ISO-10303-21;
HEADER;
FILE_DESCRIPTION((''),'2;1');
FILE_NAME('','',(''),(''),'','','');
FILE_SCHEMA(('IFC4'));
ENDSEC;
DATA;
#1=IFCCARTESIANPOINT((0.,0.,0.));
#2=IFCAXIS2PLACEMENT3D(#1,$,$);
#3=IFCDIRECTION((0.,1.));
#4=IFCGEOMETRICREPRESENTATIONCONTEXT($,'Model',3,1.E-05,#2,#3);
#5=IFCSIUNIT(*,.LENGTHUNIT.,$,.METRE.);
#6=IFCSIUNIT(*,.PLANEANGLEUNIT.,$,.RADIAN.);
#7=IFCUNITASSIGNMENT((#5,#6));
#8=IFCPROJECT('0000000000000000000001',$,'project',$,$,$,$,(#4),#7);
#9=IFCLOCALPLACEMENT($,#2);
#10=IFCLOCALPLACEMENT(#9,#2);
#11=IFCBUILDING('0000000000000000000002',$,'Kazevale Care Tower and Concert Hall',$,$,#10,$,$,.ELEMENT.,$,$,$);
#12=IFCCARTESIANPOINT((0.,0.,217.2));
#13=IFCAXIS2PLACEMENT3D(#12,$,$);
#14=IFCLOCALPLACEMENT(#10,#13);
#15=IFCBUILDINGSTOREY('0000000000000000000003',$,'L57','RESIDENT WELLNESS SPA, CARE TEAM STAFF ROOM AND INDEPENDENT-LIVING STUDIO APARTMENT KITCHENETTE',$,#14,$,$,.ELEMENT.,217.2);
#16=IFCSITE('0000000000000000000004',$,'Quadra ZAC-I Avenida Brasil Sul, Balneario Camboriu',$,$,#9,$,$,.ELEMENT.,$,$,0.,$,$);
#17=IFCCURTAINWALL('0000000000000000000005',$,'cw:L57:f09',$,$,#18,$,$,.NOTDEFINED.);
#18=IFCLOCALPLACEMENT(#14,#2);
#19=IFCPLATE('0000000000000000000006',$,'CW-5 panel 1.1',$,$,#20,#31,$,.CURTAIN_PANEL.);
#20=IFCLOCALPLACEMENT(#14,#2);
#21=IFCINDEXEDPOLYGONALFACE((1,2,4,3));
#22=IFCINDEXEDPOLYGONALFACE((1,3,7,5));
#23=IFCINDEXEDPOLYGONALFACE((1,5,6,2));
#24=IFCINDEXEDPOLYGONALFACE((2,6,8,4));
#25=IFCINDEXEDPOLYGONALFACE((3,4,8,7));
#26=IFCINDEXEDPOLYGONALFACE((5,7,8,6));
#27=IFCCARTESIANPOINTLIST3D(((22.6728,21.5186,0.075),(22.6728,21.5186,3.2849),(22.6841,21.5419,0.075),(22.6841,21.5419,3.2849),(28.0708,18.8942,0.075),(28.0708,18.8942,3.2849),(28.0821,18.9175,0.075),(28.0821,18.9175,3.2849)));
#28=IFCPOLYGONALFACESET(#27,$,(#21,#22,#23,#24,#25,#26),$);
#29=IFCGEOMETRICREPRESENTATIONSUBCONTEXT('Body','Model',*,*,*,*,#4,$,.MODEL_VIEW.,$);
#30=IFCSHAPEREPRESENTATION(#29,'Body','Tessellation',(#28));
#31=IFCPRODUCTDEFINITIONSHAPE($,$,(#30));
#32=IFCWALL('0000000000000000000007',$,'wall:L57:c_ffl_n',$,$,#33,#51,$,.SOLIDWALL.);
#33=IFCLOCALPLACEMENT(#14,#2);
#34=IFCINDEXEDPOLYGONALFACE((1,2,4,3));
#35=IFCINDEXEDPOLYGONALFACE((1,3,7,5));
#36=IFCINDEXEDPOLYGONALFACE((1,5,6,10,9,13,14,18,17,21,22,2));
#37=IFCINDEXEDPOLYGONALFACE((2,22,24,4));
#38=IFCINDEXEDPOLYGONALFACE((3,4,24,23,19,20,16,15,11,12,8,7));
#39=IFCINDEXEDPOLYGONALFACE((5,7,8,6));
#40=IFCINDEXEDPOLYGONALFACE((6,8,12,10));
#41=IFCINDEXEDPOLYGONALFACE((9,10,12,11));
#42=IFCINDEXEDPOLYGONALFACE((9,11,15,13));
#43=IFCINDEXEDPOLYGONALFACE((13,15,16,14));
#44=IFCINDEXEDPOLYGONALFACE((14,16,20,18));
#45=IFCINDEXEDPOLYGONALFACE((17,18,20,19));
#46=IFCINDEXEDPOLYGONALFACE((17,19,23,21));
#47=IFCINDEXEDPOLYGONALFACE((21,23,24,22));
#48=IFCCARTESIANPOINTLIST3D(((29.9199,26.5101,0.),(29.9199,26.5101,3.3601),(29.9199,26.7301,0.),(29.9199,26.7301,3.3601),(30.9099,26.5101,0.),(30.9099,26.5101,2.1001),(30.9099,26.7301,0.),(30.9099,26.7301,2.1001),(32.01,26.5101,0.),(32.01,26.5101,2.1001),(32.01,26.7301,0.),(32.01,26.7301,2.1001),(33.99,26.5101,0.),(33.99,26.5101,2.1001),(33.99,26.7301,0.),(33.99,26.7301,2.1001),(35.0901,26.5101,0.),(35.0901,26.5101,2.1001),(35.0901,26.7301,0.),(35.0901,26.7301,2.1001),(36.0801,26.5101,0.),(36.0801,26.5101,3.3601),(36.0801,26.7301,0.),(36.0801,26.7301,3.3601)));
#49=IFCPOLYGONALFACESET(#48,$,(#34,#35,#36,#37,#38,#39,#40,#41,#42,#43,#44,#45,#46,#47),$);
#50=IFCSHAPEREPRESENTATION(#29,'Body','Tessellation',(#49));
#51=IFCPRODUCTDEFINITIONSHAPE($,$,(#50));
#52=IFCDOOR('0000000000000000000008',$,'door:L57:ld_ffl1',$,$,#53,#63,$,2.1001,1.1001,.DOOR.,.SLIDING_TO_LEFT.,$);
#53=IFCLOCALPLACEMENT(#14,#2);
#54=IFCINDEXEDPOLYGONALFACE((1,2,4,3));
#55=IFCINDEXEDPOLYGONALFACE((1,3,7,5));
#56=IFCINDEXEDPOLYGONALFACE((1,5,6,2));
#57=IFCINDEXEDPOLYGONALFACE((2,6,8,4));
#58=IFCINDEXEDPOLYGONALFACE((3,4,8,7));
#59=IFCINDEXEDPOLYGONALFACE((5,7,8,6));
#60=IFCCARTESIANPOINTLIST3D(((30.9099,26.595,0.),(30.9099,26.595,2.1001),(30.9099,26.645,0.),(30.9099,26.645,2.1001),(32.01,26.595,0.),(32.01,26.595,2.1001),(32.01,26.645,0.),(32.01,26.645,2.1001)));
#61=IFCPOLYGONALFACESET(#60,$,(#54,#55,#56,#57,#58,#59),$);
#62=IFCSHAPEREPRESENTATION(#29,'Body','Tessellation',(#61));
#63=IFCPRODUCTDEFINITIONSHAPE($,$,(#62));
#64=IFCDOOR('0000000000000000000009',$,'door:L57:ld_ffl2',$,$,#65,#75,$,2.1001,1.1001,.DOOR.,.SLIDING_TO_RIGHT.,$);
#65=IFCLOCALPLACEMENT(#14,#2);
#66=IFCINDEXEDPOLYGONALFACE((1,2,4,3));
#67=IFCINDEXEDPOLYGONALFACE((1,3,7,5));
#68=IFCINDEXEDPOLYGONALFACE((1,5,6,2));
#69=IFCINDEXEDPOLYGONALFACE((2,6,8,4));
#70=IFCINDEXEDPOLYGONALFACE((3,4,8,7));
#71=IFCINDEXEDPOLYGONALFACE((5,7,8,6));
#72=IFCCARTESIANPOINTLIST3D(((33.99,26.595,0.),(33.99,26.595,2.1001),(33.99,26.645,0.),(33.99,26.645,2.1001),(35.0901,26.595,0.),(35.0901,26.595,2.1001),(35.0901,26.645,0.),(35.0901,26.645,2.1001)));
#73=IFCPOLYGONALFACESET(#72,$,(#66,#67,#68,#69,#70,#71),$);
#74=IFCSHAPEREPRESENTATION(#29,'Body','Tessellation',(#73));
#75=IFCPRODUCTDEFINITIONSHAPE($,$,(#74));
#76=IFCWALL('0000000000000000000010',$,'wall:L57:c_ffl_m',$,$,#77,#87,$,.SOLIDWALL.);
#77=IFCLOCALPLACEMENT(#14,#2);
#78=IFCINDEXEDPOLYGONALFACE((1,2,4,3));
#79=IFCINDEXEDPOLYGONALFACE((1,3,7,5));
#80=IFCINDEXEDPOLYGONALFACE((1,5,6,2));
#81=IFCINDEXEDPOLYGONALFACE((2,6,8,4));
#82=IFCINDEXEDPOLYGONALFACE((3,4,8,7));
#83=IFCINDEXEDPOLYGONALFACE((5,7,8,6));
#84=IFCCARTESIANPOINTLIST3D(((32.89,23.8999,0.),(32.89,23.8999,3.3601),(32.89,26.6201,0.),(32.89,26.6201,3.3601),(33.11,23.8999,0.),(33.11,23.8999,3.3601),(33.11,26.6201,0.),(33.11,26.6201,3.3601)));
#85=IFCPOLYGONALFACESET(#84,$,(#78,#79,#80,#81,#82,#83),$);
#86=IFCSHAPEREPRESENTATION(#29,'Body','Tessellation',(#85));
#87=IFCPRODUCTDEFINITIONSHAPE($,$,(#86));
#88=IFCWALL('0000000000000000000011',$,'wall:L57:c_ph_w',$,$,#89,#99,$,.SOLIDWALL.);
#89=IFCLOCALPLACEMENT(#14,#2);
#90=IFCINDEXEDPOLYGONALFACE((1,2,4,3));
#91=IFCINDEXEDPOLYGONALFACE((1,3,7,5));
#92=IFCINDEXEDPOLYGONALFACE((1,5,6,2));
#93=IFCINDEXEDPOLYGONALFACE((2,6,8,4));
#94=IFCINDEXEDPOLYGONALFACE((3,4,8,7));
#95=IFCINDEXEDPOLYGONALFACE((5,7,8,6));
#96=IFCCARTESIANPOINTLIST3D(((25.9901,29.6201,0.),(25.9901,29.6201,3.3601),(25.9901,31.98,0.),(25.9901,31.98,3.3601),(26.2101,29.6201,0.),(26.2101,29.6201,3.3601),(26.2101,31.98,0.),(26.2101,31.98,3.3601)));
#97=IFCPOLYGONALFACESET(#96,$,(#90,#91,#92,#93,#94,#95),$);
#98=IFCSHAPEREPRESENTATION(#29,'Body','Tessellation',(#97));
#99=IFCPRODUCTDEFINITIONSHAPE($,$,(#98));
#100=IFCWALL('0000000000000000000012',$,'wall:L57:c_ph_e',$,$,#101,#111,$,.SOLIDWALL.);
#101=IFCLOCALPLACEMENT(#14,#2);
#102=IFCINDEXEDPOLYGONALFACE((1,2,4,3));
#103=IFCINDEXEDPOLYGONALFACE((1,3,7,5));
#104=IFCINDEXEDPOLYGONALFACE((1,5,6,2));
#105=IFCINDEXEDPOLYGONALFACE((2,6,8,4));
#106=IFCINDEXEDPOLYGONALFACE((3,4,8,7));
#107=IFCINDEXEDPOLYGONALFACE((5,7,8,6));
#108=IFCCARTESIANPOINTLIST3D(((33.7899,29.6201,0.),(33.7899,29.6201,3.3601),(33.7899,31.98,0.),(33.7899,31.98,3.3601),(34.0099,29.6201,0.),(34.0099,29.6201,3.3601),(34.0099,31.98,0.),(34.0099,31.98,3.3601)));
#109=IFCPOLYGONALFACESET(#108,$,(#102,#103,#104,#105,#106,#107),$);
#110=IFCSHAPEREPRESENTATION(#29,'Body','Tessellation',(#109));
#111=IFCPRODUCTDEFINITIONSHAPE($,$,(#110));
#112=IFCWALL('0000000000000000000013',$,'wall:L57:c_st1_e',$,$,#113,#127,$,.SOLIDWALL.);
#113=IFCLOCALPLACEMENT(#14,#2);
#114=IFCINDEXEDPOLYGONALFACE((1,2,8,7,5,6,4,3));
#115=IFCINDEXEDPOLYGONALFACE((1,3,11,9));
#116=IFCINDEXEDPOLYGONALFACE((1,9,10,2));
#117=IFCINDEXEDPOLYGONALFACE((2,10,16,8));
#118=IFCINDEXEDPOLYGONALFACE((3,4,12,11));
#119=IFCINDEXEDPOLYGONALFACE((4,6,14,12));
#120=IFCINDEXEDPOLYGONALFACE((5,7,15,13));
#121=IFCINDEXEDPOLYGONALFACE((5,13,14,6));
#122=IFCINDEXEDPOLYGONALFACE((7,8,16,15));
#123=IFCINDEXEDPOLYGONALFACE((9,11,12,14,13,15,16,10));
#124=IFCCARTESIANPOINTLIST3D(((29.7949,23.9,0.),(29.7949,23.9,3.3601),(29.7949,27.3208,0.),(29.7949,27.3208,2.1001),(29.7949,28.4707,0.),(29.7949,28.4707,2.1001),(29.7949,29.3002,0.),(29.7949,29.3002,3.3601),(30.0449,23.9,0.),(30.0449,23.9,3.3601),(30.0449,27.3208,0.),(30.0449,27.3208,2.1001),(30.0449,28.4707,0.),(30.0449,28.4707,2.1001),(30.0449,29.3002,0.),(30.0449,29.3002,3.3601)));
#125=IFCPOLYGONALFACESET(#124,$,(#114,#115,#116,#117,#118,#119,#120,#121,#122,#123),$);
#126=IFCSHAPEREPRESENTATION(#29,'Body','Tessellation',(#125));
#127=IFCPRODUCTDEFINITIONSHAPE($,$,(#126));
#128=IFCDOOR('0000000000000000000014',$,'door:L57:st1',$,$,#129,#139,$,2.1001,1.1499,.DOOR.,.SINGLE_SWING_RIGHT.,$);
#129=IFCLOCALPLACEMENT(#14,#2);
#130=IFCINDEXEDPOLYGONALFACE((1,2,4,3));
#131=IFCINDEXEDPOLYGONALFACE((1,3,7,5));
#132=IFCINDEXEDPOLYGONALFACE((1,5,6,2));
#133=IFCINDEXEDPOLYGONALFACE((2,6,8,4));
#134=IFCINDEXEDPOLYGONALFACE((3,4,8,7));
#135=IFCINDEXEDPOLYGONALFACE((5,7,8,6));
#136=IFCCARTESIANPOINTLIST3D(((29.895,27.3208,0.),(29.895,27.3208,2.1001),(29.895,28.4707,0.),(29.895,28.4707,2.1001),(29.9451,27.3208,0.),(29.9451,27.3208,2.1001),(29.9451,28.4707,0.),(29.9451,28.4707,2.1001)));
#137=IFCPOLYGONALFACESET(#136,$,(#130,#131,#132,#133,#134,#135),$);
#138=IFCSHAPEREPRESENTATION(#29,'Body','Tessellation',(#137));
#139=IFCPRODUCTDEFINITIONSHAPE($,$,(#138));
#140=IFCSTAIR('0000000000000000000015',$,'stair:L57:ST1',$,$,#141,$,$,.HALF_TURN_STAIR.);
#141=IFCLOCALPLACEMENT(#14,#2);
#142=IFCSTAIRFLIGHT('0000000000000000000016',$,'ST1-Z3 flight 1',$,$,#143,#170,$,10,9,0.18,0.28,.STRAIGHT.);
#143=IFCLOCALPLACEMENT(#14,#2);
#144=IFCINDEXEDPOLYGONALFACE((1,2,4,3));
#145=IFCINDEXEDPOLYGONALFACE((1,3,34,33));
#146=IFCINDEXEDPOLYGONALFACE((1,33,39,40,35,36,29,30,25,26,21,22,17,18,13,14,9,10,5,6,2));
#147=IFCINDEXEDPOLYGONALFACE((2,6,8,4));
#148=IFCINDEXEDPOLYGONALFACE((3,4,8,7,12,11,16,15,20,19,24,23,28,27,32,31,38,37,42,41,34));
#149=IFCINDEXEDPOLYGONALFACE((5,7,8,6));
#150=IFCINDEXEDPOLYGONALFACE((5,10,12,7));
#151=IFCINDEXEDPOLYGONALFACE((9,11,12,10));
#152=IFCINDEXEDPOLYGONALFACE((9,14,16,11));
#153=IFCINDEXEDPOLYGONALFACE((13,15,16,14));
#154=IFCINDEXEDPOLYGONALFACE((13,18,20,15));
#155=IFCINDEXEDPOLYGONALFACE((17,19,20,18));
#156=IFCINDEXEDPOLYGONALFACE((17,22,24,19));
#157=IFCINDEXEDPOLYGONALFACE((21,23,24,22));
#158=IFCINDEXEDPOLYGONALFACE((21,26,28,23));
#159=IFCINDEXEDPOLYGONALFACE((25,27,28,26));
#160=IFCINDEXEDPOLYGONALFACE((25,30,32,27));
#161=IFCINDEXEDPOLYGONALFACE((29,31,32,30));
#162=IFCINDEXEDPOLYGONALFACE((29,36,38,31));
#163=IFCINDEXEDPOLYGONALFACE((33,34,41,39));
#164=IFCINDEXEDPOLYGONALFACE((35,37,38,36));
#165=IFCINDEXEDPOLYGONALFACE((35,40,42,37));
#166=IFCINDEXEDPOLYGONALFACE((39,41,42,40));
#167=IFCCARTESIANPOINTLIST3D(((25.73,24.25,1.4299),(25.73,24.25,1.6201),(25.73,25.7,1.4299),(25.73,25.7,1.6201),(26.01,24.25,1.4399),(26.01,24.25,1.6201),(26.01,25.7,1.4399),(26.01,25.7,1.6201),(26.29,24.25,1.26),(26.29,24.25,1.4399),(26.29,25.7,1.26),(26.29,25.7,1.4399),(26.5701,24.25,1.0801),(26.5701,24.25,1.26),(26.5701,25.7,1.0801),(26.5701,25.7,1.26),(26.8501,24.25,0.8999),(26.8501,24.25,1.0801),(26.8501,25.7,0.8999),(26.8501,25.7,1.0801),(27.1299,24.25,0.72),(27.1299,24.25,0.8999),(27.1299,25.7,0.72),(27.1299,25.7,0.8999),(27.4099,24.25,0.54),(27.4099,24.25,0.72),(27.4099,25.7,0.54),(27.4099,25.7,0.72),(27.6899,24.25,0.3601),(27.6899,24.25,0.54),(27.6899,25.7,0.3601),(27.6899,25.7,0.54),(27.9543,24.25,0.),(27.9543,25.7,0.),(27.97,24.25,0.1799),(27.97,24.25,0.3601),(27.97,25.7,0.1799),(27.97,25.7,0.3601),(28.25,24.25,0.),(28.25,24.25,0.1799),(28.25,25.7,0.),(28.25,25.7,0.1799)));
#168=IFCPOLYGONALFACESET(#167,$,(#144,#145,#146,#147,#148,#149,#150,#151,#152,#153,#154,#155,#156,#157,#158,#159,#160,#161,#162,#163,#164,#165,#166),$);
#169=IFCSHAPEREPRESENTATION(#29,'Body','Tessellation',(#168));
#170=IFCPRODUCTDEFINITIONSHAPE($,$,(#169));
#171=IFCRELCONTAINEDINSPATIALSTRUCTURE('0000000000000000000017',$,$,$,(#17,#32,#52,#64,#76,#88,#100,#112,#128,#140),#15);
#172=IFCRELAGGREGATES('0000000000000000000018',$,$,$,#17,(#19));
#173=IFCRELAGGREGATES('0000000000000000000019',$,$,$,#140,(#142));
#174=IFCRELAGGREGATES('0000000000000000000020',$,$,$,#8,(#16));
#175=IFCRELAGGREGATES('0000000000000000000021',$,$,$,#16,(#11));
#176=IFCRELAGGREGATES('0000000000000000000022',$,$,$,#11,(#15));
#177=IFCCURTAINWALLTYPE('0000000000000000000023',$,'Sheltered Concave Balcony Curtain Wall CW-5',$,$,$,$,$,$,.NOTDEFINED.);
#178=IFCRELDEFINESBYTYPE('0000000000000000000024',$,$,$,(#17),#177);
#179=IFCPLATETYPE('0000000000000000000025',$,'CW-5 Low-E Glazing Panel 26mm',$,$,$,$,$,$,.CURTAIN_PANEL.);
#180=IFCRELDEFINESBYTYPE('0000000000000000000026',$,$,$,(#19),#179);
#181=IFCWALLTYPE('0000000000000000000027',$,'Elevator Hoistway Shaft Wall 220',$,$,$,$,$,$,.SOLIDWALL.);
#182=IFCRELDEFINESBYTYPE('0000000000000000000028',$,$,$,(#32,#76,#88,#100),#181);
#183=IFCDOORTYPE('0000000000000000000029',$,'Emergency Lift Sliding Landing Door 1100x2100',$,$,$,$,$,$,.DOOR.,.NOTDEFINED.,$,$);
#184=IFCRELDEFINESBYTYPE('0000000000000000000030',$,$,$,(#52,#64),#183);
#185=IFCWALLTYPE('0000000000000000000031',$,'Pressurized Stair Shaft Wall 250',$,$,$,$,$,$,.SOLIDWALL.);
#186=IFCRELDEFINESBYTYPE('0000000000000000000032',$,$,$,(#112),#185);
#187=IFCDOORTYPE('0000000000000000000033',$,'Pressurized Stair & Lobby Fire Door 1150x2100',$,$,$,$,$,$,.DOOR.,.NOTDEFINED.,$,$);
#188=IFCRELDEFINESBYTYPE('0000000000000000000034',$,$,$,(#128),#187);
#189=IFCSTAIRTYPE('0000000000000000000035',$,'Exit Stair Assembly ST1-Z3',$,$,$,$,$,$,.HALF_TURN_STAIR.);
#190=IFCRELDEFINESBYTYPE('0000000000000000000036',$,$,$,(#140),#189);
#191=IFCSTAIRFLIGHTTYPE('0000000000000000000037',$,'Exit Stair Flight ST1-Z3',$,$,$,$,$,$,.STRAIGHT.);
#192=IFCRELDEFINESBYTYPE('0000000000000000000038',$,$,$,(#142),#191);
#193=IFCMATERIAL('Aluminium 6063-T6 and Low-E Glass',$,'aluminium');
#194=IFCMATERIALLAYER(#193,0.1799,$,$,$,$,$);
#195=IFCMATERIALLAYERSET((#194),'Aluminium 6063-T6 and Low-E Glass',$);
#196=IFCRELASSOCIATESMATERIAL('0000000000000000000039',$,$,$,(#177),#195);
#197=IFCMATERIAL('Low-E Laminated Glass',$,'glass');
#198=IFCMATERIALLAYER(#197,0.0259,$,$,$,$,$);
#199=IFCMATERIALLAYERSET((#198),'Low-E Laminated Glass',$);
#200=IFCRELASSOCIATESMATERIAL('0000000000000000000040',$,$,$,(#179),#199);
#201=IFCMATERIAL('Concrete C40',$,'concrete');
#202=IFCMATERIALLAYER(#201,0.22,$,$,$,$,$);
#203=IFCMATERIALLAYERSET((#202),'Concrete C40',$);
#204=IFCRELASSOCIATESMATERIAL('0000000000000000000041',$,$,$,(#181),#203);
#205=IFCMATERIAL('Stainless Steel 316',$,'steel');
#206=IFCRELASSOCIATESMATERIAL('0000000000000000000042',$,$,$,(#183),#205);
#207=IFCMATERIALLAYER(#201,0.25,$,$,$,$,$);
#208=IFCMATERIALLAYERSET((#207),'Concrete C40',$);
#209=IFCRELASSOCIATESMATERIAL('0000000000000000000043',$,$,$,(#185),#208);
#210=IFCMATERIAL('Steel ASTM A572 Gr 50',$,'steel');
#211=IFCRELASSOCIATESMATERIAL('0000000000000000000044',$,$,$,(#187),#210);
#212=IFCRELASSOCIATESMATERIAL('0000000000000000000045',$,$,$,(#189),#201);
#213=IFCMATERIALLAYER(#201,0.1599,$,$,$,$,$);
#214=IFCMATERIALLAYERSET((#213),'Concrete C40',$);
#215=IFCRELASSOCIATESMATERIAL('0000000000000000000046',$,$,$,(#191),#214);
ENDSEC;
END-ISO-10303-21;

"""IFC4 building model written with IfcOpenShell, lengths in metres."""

from ifc_helpers import new_model, si_unit, direction, frame, frame_2d, origin, origin_2d, place, context, subcontext, project, spatial, polyline, rectangle, outline, extrude, material, layer, layer_set, type_object, element, fill, aggregate, save


model = new_model("IFC4")

# Units and contexts
model_context = context("Model", 3, precision=1e-05, world=origin(), true_north=direction((0.0, 1.0)))
body_context = subcontext(model_context, "Body", "Model", "MODEL_VIEW")
ifc_project = project(units=[si_unit("LENGTHUNIT", "METRE"), si_unit("PLANEANGLEUNIT", "RADIAN")], contexts=[model_context])

# Site, building, storey
site_placement = place(None, origin())
site = spatial("IfcSite", under=ifc_project, at=site_placement, Name="Quadra ZAC-I Avenida Brasil Sul, Balneario Camboriu", CompositionType="ELEMENT", RefElevation=0.0)
building_placement = place(site_placement, origin())
building = spatial("IfcBuilding", under=site, at=building_placement, Name="Kazevale Care Tower and Concert Hall", CompositionType="ELEMENT")
storey_placement = place(building_placement, frame((0.0, 0.0, 217.2)))
storey = spatial("IfcBuildingStorey", under=building, at=storey_placement, Name="L57", Description="RESIDENT WELLNESS SPA, CARE TEAM STAFF ROOM AND INDEPENDENT-LIVING STUDIO APARTMENT KITCHENETTE", CompositionType="ELEMENT", Elevation=217.2)

# Curtain wall
ifc_material_1 = material(Name="Aluminium 6063-T6 and Low-E Glass", Category="aluminium")
ifc_layer_1 = layer(ifc_material_1, 0.1799)
ifc_layer_set_1 = layer_set([ifc_layer_1], Name="Aluminium 6063-T6 and Low-E Glass")
curtain_wall_type = type_object("IfcCurtainWallType", Name="Sheltered Concave Balcony Curtain Wall CW-5", PredefinedType="NOTDEFINED", material=ifc_layer_set_1)
curtain_wall_1_placement = place(storey_placement, origin())
curtain_wall_1 = element("IfcCurtainWall", 1, at=curtain_wall_1_placement, inside=storey, type_object=curtain_wall_type, Name="cw:L57:f09", PredefinedType="NOTDEFINED")

# Shared definitions
ifc_material_2 = material(Name="Steel ASTM A572 Gr 50", Category="steel")

# Plate
ifc_material_3 = material(Name="Low-E Laminated Glass", Category="glass")
ifc_layer_2 = layer(ifc_material_3, 0.0259)
ifc_layer_set_2 = layer_set([ifc_layer_2], Name="Low-E Laminated Glass")
plate_type = type_object("IfcPlateType", Name="CW-5 Low-E Glazing Panel 26mm", PredefinedType="CURTAIN_PANEL", material=ifc_layer_set_2)
plate_1_placement = place(storey_placement, frame((25.3774, 20.218, 0.075), z_axis=(0.0, 0.0, 1.0), x_axis=(-0.899346, 0.437238, 0.0)))
plate_1 = element("IfcPlate", 2, at=plate_1_placement, type_object=plate_type, Name="CW-5 panel 1.1", PredefinedType="CURTAIN_PANEL", context=body_context, shape_type="SweptSolid", body=[
    extrude(rectangle(XDim=6.0022, YDim=0.0259, at=origin_2d()), origin(), (0.0, 0.0, 1.0), 3.21),
])
aggregate(curtain_wall_1, [plate_1])

# Wall, openings, doors
ifc_material_4 = material(Name="Concrete C40", Category="concrete")
ifc_layer_3 = layer(ifc_material_4, 0.22)
ifc_layer_set_3 = layer_set([ifc_layer_3], Name="Concrete C40")
wall_type_1 = type_object("IfcWallType", Name="Elevator Hoistway Shaft Wall 220", PredefinedType="SOLIDWALL", material=ifc_layer_set_3)
wall_1_placement = place(storey_placement, frame((29.9199, 26.6201, 0.0), z_axis=(0.0, 0.0, 1.0), x_axis=(1.0, 0.0, 0.0)))
wall_1 = element("IfcWall", 3, at=wall_1_placement, inside=storey, type_object=wall_type_1, Name="wall:L57:c_ffl_n", PredefinedType="SOLIDWALL", context=body_context, shape_type="SweptSolid", body=[
    extrude(rectangle(XDim=6.1602, YDim=0.22, at=frame_2d((3.0801, 0.0))), origin(), (0.0, 0.0, 1.0), 3.3601),
])
opening_1_placement = place(wall_1_placement, frame((0.99, 0.0, 0.0)))
opening_1 = element("IfcOpeningElement", 4, at=opening_1_placement, cuts=wall_1, PredefinedType="OPENING", context=body_context, shape_type="SweptSolid", body=[
    extrude(rectangle(XDim=1.1001, YDim=2.1001, at=frame_2d((0.55, 1.05))), frame((0.0, 0.1199, 0.0), z_axis=(0.0, -1.0, 0.0), x_axis=(1.0, 0.0, 0.0)), (0.0, 0.0, 1.0), 0.24),
])
opening_2_placement = place(wall_1_placement, frame((4.0701, 0.0, 0.0)))
opening_2 = element("IfcOpeningElement", 5, at=opening_2_placement, cuts=wall_1, PredefinedType="OPENING", context=body_context, shape_type="SweptSolid", body=[
    extrude(rectangle(XDim=1.1001, YDim=2.1001, at=frame_2d((0.55, 1.05))), frame((0.0, 0.1199, 0.0), z_axis=(0.0, -1.0, 0.0), x_axis=(1.0, 0.0, 0.0)), (0.0, 0.0, 1.0), 0.24),
])
ifc_material_5 = material(Name="Stainless Steel 316", Category="steel")
door_type_1 = type_object("IfcDoorType", Name="Emergency Lift Sliding Landing Door 1100x2100", OperationType="NOTDEFINED", PredefinedType="DOOR", material=ifc_material_5)
door_1_placement = place(opening_1_placement, origin())
door_1 = element("IfcDoor", 6, at=door_1_placement, inside=storey, type_object=door_type_1, Name="door:L57:ld_ffl1", OperationType="SLIDING_TO_LEFT", OverallHeight=2.1001, OverallWidth=1.1001, PredefinedType="DOOR", context=body_context, shape_type="SweptSolid", body=[
    extrude(rectangle(XDim=1.1001, YDim=2.1001, at=frame_2d((0.55, 1.05))), frame((0.0, 0.0249, 0.0), z_axis=(0.0, -1.0, 0.0), x_axis=(1.0, 0.0, 0.0)), (0.0, 0.0, 1.0), 0.05),
])
fill(opening_1, door_1)
door_2_placement = place(opening_2_placement, origin())
door_2 = element("IfcDoor", 7, at=door_2_placement, inside=storey, type_object=door_type_1, Name="door:L57:ld_ffl2", OperationType="SLIDING_TO_RIGHT", OverallHeight=2.1001, OverallWidth=1.1001, PredefinedType="DOOR", context=body_context, shape_type="SweptSolid", body=[
    extrude(rectangle(XDim=1.1001, YDim=2.1001, at=frame_2d((0.55, 1.05))), frame((0.0, 0.0249, 0.0), z_axis=(0.0, -1.0, 0.0), x_axis=(1.0, 0.0, 0.0)), (0.0, 0.0, 1.0), 0.05),
])
fill(opening_2, door_2)

# Walls
wall_2_placement = place(storey_placement, frame((33.0, 23.8999, 0.0), z_axis=(0.0, 0.0, 1.0), x_axis=(0.0, 1.0, 0.0)))
element("IfcWall", 8, at=wall_2_placement, inside=storey, type_object=wall_type_1, Name="wall:L57:c_ffl_m", PredefinedType="SOLIDWALL", context=body_context, shape_type="SweptSolid", body=[
    extrude(rectangle(XDim=2.7202, YDim=0.22, at=frame_2d((1.3601, 0.0))), origin(), (0.0, 0.0, 1.0), 3.3601),
])
for number, where, z_axis, x_axis, name in (
    (9, (26.1001, 29.6201, 0.0), (0.0, 0.0, 1.0), (0.0, 1.0, 0.0), "wall:L57:c_ph_w"),
    (10, (33.8999, 29.6201, 0.0), (0.0, 0.0, 1.0), (0.0, 1.0, 0.0), "wall:L57:c_ph_e"),
):
    element("IfcWall", number, at=place(storey_placement, frame(where, z_axis=z_axis, x_axis=x_axis)), inside=storey, type_object=wall_type_1, Name=name, PredefinedType="SOLIDWALL", context=body_context, shape_type="SweptSolid", body=[
        extrude(rectangle(XDim=2.3599, YDim=0.22, at=frame_2d((1.1799, 0.0))), origin(), (0.0, 0.0, 1.0), 3.3601),
    ])

# Wall, opening, door
ifc_layer_4 = layer(ifc_material_4, 0.25)
ifc_layer_set_4 = layer_set([ifc_layer_4], Name="Concrete C40")
wall_type_2 = type_object("IfcWallType", Name="Pressurized Stair Shaft Wall 250", PredefinedType="SOLIDWALL", material=ifc_layer_set_4)
wall_3_placement = place(storey_placement, frame((29.9199, 23.8999, 0.0), z_axis=(0.0, 0.0, 1.0), x_axis=(0.0, 1.0, 0.0)))
wall_3 = element("IfcWall", 11, at=wall_3_placement, inside=storey, type_object=wall_type_2, Name="wall:L57:c_st1_e", PredefinedType="SOLIDWALL", context=body_context, shape_type="SweptSolid", body=[
    extrude(rectangle(XDim=5.4001, YDim=0.25, at=frame_2d((2.7002, 0.0))), origin(), (0.0, 0.0, 1.0), 3.3601),
])
opening_3_placement = place(wall_3_placement, frame((3.4209, 0.0, 0.0)))
opening_3 = element("IfcOpeningElement", 12, at=opening_3_placement, cuts=wall_3, PredefinedType="OPENING", context=body_context, shape_type="SweptSolid", body=[
    extrude(rectangle(XDim=1.1499, YDim=2.1001, at=frame_2d((0.575, 1.05))), frame((0.0, 0.135, 0.0), z_axis=(0.0, -1.0, 0.0), x_axis=(1.0, 0.0, 0.0)), (0.0, 0.0, 1.0), 0.27),
])
door_type_2 = type_object("IfcDoorType", Name="Pressurized Stair & Lobby Fire Door 1150x2100", OperationType="NOTDEFINED", PredefinedType="DOOR", material=ifc_material_2)
door_3_placement = place(opening_3_placement, origin())
door_3 = element("IfcDoor", 13, at=door_3_placement, inside=storey, type_object=door_type_2, Name="door:L57:st1", OperationType="SINGLE_SWING_RIGHT", OverallHeight=2.1001, OverallWidth=1.1499, PredefinedType="DOOR", context=body_context, shape_type="SweptSolid", body=[
    extrude(rectangle(XDim=1.1499, YDim=2.1001, at=frame_2d((0.575, 1.05))), frame((0.0, 0.0249, 0.0), z_axis=(0.0, -1.0, 0.0), x_axis=(1.0, 0.0, 0.0)), (0.0, 0.0, 1.0), 0.05),
])
fill(opening_3, door_3)

# Stair, stair flight
stair_type = type_object("IfcStairType", Name="Exit Stair Assembly ST1-Z3", PredefinedType="HALF_TURN_STAIR", material=ifc_material_4)
stair_placement = place(storey_placement, origin())
stair = element("IfcStair", 14, at=stair_placement, inside=storey, type_object=stair_type, Name="stair:L57:ST1", PredefinedType="HALF_TURN_STAIR")
ifc_layer_5 = layer(ifc_material_4, 0.1599)
ifc_layer_set_5 = layer_set([ifc_layer_5], Name="Concrete C40")
stair_flight_type = type_object("IfcStairFlightType", Name="Exit Stair Flight ST1-Z3", PredefinedType="STRAIGHT", material=ifc_layer_set_5)
stair_flight_1_placement = place(storey_placement, frame((28.25, 24.9751, 0.0), z_axis=(0.0, 0.0, 1.0), x_axis=(-1.0, 0.0, 0.0)))
stair_flight_1 = element("IfcStairFlight", 15, at=stair_flight_1_placement, type_object=stair_flight_type, Name="ST1-Z3 flight 1", NumberOfRisers=10, NumberOfTreads=9, PredefinedType="STRAIGHT", RiserHeight=0.18, TreadLength=0.28, context=body_context, shape_type="SweptSolid", body=[
    extrude(outline(polyline([(0.0, 0.0), (0.0, 0.1799), (0.28, 0.1799), (0.28, 0.3601), (0.5601, 0.3601), (0.5601, 0.54), (0.8401, 0.54), (0.8401, 0.72), (1.1201, 0.72), (1.1201, 0.8999), (1.3999, 0.8999), (1.3999, 1.0801), (1.6799, 1.0801), (1.6799, 1.26), (1.96, 1.26), (1.96, 1.4399), (2.24, 1.4399), (2.24, 1.6201), (2.52, 1.6201), (2.52, 1.8), (2.52, 1.4299), (0.2957, 0.0), (0.0, 0.0)])), frame((0.0, 0.7251, 0.0), z_axis=(0.0, -1.0, 0.0), x_axis=(1.0, 0.0, 0.0)), (0.0, 0.0, 1.0), 1.45),
])
aggregate(stair, [stair_flight_1])

save(model, "model.ifc")
